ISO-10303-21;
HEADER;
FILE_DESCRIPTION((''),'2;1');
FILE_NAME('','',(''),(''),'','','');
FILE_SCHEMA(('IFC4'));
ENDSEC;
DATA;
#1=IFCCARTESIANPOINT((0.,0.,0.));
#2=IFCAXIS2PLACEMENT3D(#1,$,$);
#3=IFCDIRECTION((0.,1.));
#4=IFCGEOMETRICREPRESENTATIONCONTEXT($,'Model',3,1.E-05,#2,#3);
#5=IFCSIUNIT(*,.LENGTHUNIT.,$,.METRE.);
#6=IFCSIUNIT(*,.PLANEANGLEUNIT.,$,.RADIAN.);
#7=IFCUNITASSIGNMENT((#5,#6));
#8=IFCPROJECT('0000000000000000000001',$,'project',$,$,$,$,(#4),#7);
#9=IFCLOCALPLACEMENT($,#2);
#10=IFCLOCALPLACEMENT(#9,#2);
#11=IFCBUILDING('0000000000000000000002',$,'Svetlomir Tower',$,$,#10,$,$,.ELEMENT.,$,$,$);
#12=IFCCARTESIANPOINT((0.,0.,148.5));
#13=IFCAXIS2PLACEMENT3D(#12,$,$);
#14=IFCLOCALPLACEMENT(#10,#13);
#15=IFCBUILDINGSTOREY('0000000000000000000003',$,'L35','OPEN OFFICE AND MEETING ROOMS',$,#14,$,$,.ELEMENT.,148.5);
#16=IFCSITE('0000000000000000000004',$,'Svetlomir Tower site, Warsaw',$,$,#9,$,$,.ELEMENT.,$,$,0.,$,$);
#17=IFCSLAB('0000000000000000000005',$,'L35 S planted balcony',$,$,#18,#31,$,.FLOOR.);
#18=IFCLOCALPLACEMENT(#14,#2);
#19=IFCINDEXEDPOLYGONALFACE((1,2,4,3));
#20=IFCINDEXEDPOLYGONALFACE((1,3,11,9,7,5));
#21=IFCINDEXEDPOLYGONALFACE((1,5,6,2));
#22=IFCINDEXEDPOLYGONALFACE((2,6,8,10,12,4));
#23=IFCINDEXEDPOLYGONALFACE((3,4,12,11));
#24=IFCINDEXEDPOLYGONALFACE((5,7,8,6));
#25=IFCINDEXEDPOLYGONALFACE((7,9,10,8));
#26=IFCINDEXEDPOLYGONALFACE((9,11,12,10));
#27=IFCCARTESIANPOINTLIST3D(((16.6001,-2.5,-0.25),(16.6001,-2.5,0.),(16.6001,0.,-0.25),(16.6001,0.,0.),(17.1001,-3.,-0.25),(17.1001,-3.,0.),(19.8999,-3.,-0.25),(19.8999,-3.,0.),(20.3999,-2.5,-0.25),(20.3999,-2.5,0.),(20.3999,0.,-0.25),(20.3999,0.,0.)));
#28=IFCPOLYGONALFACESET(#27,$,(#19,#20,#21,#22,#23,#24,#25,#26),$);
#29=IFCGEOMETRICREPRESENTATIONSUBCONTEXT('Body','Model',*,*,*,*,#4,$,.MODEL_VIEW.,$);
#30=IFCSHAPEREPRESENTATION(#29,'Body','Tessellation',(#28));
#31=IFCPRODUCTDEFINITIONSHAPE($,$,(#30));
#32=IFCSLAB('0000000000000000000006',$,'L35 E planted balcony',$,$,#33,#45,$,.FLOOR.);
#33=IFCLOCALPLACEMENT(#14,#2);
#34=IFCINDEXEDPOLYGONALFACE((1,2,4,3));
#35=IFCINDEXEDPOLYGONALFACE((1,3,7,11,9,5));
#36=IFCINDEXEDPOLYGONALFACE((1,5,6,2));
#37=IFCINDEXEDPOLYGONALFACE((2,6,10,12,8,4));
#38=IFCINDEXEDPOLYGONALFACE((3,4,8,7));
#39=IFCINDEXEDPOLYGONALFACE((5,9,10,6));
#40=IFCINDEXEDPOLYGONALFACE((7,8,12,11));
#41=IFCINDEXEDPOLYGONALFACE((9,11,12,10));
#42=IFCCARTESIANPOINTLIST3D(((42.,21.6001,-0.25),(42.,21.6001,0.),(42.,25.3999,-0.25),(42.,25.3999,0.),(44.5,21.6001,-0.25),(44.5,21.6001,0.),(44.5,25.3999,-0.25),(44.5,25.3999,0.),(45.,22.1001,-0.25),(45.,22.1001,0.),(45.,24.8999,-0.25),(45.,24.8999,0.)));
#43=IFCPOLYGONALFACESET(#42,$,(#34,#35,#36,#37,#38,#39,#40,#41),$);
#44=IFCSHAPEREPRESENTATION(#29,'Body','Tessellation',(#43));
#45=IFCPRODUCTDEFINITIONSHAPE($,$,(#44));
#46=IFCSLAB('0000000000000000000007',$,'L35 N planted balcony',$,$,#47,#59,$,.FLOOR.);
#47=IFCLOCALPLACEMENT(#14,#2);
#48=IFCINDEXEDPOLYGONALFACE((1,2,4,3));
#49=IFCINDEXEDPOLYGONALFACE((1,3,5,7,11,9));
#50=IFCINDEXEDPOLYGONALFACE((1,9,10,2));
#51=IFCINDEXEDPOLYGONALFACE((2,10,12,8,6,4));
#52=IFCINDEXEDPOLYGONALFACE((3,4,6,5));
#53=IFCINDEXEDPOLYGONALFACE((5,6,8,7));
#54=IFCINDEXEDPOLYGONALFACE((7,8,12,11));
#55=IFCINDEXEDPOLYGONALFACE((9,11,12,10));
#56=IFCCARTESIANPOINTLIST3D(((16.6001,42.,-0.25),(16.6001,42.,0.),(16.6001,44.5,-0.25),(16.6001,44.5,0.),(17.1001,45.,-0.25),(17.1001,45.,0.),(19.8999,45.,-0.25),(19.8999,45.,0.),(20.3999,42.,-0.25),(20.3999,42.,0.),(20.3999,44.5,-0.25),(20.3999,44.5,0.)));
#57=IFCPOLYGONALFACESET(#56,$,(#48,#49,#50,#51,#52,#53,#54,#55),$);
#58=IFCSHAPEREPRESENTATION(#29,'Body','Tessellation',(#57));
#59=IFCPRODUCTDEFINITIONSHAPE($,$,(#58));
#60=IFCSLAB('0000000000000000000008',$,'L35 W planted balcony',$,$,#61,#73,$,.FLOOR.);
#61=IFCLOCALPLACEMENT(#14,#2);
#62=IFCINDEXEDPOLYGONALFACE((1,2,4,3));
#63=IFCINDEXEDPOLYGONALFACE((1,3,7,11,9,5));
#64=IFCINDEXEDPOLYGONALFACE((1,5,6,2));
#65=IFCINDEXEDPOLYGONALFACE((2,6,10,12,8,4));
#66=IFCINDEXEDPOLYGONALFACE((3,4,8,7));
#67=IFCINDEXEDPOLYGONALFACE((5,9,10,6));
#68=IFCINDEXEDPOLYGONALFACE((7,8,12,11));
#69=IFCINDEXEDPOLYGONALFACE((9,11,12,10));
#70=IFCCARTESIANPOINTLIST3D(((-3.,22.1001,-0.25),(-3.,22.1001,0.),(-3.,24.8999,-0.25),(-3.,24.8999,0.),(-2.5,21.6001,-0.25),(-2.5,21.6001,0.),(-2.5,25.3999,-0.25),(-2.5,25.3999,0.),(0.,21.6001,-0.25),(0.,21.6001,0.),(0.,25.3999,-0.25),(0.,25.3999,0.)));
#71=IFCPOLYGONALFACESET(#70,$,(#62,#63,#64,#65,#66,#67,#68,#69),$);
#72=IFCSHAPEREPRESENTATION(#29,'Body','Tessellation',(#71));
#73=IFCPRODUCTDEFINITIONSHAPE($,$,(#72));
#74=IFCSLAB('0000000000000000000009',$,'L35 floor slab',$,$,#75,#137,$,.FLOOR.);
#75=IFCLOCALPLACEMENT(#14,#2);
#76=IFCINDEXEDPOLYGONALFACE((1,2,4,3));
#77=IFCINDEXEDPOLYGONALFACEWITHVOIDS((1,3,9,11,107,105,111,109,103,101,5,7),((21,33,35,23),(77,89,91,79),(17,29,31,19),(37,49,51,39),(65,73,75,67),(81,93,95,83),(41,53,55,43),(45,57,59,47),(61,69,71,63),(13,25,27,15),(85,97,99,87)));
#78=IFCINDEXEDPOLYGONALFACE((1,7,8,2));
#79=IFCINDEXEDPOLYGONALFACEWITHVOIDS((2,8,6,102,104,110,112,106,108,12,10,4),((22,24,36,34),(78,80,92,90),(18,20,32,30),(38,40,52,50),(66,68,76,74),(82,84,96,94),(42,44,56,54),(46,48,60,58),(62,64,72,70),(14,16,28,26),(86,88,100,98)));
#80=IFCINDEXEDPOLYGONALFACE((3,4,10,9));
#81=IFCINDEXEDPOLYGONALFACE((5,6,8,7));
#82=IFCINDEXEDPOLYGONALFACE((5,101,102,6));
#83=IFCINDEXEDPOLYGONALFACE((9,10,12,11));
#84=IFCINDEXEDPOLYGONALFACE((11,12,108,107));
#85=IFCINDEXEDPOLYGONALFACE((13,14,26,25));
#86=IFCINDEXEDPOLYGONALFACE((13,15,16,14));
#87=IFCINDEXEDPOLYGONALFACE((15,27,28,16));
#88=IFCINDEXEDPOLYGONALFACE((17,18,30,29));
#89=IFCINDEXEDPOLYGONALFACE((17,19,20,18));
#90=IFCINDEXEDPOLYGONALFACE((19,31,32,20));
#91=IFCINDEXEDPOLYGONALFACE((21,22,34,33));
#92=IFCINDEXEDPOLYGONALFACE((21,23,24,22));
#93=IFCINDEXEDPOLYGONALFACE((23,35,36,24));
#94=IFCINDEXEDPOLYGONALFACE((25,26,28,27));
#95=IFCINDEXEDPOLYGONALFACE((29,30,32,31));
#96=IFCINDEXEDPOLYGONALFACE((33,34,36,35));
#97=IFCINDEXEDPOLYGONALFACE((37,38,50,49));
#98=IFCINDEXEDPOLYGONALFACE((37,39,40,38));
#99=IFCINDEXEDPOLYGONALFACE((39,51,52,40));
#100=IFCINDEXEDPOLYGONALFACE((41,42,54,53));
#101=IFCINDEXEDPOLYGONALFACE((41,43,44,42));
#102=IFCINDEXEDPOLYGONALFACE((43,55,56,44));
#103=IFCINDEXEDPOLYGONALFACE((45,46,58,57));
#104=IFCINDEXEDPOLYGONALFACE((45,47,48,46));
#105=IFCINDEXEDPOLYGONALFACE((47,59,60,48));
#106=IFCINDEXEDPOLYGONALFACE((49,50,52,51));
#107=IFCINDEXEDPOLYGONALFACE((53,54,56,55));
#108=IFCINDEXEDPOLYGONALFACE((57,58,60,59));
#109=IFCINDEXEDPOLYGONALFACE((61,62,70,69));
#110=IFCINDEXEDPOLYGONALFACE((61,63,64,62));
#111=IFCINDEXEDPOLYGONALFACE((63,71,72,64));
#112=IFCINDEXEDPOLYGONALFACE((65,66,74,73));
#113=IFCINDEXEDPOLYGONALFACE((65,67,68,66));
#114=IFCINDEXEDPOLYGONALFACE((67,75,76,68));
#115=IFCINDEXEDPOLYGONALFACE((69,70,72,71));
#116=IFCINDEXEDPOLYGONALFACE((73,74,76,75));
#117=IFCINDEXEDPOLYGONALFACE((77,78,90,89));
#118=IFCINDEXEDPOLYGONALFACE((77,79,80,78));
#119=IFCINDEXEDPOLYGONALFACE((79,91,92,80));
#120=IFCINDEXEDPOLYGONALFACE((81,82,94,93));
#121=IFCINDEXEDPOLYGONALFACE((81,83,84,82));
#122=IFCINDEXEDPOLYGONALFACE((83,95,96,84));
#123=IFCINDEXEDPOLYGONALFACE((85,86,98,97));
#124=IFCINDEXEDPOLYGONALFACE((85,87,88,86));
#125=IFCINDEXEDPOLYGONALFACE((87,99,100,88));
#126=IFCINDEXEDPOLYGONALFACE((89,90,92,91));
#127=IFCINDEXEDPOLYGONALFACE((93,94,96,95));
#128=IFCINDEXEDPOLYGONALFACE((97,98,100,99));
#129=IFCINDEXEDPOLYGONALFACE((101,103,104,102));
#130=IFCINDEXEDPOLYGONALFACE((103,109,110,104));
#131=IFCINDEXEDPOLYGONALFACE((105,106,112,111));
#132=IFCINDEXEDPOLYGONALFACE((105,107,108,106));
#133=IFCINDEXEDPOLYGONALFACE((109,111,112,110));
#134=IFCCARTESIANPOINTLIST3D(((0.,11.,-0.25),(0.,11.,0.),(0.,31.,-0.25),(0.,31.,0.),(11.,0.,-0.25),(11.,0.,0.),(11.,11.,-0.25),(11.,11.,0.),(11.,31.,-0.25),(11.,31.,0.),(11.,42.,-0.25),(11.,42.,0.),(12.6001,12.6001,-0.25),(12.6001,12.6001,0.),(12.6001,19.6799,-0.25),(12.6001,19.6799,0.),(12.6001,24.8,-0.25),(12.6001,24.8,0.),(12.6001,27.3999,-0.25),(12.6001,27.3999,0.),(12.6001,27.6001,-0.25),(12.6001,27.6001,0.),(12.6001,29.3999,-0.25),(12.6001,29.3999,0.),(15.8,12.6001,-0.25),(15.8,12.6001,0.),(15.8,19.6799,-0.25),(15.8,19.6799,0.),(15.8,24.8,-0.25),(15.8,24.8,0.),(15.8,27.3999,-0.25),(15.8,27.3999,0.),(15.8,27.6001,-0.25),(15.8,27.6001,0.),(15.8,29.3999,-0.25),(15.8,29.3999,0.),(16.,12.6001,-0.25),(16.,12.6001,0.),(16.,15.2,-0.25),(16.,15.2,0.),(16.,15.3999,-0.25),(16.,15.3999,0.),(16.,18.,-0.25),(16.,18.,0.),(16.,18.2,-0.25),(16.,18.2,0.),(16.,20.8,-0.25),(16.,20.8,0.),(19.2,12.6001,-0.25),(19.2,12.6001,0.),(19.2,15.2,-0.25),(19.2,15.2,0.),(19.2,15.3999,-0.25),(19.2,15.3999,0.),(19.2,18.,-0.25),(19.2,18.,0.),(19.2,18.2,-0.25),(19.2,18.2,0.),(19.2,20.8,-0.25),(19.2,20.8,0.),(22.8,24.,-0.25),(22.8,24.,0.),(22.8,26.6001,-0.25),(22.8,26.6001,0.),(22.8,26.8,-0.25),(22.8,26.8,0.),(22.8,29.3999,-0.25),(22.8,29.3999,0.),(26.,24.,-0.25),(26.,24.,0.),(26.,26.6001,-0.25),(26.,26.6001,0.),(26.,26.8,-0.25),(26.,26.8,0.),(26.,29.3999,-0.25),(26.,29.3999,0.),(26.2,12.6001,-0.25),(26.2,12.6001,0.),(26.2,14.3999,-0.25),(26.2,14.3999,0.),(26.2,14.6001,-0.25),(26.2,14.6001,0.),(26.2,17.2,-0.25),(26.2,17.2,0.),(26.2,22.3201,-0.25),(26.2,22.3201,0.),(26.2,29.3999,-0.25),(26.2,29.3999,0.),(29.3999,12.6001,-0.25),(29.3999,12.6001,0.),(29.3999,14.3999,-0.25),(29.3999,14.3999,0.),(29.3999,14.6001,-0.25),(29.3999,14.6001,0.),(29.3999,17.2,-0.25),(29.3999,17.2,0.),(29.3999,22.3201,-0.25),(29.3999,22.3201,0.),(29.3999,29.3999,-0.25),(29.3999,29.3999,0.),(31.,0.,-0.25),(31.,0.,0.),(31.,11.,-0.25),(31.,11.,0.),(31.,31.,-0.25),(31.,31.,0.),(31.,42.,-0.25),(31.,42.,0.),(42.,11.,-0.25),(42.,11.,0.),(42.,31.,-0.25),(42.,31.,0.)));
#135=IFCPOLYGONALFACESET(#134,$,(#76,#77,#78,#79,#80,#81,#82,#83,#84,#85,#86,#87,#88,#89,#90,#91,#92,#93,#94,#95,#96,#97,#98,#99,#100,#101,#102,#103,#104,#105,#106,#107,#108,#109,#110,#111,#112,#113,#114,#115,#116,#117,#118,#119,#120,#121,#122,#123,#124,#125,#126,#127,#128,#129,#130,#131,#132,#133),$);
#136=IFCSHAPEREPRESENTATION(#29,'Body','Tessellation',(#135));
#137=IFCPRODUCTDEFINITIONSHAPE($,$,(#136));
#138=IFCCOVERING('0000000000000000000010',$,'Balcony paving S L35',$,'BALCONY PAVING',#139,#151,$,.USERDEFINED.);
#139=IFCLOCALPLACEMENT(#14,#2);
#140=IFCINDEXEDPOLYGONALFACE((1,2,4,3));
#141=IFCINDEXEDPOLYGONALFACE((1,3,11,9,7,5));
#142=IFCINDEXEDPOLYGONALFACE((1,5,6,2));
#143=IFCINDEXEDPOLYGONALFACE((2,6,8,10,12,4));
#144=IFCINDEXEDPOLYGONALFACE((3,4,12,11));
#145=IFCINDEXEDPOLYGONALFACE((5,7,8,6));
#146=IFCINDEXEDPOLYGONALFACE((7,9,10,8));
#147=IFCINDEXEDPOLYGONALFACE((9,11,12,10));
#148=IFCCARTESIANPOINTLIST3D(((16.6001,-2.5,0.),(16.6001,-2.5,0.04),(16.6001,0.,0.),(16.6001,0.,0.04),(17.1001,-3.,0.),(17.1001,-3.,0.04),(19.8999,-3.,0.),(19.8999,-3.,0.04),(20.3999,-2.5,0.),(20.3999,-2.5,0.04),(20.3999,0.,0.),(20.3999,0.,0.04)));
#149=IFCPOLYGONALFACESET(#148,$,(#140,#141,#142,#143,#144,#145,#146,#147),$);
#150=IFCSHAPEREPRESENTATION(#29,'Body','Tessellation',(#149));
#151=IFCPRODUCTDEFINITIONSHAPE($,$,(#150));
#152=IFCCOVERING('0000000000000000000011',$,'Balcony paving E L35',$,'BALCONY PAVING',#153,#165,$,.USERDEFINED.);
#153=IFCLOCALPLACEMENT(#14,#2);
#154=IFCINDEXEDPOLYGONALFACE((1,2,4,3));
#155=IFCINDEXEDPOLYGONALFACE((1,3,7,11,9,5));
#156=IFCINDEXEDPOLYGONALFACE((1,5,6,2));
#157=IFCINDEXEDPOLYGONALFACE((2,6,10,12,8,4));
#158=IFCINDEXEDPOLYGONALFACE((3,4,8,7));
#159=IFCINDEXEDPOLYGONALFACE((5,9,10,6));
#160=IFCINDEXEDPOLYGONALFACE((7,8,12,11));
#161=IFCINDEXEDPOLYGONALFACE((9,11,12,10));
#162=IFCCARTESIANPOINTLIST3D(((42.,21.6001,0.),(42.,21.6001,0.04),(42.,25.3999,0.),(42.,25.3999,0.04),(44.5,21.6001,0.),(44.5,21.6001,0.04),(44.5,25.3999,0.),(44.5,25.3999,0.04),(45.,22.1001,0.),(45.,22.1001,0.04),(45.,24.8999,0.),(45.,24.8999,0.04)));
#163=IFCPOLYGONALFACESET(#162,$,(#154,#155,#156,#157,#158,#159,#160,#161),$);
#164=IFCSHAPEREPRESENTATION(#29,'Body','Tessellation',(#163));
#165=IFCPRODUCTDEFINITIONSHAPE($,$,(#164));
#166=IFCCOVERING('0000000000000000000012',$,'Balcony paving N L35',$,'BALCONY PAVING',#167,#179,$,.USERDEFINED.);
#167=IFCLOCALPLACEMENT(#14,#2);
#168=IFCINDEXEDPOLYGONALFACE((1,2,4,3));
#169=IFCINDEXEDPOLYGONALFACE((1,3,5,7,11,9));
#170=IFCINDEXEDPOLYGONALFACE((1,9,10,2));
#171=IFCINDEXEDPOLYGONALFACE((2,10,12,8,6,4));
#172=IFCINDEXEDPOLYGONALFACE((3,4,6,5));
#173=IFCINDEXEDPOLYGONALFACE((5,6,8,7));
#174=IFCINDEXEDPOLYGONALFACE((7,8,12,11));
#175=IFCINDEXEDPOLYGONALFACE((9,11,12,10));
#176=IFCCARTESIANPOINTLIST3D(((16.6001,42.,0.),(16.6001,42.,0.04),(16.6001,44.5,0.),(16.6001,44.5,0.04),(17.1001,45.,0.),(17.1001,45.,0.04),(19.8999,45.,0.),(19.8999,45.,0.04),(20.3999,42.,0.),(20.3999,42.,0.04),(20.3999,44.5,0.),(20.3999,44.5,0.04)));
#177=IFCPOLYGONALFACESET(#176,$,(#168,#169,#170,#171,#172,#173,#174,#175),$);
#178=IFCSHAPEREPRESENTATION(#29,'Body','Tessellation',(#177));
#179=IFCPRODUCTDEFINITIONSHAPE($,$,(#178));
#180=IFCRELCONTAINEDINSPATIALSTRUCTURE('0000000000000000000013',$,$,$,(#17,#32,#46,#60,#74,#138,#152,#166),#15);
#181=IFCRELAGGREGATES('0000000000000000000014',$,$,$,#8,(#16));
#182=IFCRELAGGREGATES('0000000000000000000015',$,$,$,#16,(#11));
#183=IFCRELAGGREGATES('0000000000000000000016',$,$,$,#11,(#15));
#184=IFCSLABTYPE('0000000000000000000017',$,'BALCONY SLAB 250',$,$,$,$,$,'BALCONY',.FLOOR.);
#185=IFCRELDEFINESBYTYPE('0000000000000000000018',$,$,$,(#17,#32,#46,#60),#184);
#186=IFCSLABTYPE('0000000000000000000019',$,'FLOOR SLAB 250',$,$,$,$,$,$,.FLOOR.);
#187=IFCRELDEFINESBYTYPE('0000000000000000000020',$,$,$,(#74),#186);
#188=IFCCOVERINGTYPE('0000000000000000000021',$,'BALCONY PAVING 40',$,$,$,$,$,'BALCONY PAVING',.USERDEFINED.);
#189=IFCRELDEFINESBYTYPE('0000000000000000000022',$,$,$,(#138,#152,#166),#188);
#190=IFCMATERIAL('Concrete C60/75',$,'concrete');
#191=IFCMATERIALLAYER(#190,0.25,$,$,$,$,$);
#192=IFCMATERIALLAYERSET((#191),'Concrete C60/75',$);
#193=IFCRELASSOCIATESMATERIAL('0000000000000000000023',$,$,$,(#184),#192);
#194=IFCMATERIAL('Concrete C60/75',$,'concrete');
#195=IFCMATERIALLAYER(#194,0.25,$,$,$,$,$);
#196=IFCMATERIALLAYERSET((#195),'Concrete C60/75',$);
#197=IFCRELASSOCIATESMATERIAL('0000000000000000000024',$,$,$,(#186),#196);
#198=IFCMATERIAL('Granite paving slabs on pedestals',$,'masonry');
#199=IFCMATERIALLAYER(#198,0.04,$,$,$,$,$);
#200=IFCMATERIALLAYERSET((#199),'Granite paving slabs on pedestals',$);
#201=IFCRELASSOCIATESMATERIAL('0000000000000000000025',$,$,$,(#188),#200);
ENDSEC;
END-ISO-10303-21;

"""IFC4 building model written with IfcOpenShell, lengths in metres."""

from ifc_helpers import new_model, si_unit, direction, frame, origin, place, context, subcontext, project, spatial, polyline, outline, extrude, material, layer, layer_set, type_object, element, save


model = new_model("IFC4")

# Units and contexts
model_context = context("Model", 3, precision=1e-05, world=origin(), true_north=direction((0.0, 1.0)))
body_context = subcontext(model_context, "Body", "Model", "MODEL_VIEW")
ifc_project = project(units=[si_unit("LENGTHUNIT", "METRE"), si_unit("PLANEANGLEUNIT", "RADIAN")], contexts=[model_context])

# Site, building, storey
site_placement = place(None, origin())
site = spatial("IfcSite", under=ifc_project, at=site_placement, Name="Svetlomir Tower site, Warsaw", CompositionType="ELEMENT", RefElevation=0.0)
building_placement = place(site_placement, origin())
building = spatial("IfcBuilding", under=site, at=building_placement, Name="Svetlomir Tower", CompositionType="ELEMENT")
storey_placement = place(building_placement, frame((0.0, 0.0, 148.5)))
storey = spatial("IfcBuildingStorey", under=building, at=storey_placement, Name="L35", Description="OPEN OFFICE AND MEETING ROOMS", CompositionType="ELEMENT", Elevation=148.5)

# Slabs
ifc_material_1 = material(Name="Concrete C60/75", Category="concrete")
ifc_layer_1 = layer(ifc_material_1, 0.25)
ifc_layer_set_1 = layer_set([ifc_layer_1], Name="Concrete C60/75")
slab_type_1 = type_object("IfcSlabType", Name="BALCONY SLAB 250", ElementType="BALCONY", PredefinedType="FLOOR", material=ifc_layer_set_1)
slab_1_placement = place(storey_placement, frame((0.0, 0.0, -0.25)))
element("IfcSlab", 1, at=slab_1_placement, inside=storey, type_object=slab_type_1, Name="L35 S planted balcony", PredefinedType="FLOOR", context=body_context, shape_type="SweptSolid", body=[
    extrude(outline(polyline([(16.6001, -2.5), (17.1001, -3.0), (19.8999, -3.0), (20.3999, -2.5), (20.3999, 0.0), (16.6001, 0.0), (16.6001, -2.5)])), origin(), (0.0, 0.0, 1.0), 0.25),
])
slab_2_placement = place(storey_placement, frame((0.0, 0.0, -0.25)))
element("IfcSlab", 2, at=slab_2_placement, inside=storey, type_object=slab_type_1, Name="L35 E planted balcony", PredefinedType="FLOOR", context=body_context, shape_type="SweptSolid", body=[
    extrude(outline(polyline([(42.0, 21.6001), (44.5, 21.6001), (45.0, 22.1001), (45.0, 24.8999), (44.5, 25.3999), (42.0, 25.3999), (42.0, 21.6001)])), origin(), (0.0, 0.0, 1.0), 0.25),
])
slab_3_placement = place(storey_placement, frame((0.0, 0.0, -0.25)))
element("IfcSlab", 3, at=slab_3_placement, inside=storey, type_object=slab_type_1, Name="L35 N planted balcony", PredefinedType="FLOOR", context=body_context, shape_type="SweptSolid", body=[
    extrude(outline(polyline([(16.6001, 42.0), (20.3999, 42.0), (20.3999, 44.5), (19.8999, 45.0), (17.1001, 45.0), (16.6001, 44.5), (16.6001, 42.0)])), origin(), (0.0, 0.0, 1.0), 0.25),
])
slab_4_placement = place(storey_placement, frame((0.0, 0.0, -0.25)))
element("IfcSlab", 4, at=slab_4_placement, inside=storey, type_object=slab_type_1, Name="L35 W planted balcony", PredefinedType="FLOOR", context=body_context, shape_type="SweptSolid", body=[
    extrude(outline(polyline([(-2.5, 21.6001), (0.0, 21.6001), (0.0, 25.3999), (-2.5, 25.3999), (-3.0, 24.8999), (-3.0, 22.1001), (-2.5, 21.6001)])), origin(), (0.0, 0.0, 1.0), 0.25),
])
ifc_material_2 = material(Name="Concrete C60/75", Category="concrete")
ifc_layer_2 = layer(ifc_material_2, 0.25)
ifc_layer_set_2 = layer_set([ifc_layer_2], Name="Concrete C60/75")
slab_type_2 = type_object("IfcSlabType", Name="FLOOR SLAB 250", PredefinedType="FLOOR", material=ifc_layer_set_2)
slab_5_placement = place(storey_placement, frame((0.0, 0.0, -0.25)))
element("IfcSlab", 5, at=slab_5_placement, inside=storey, type_object=slab_type_2, Name="L35 floor slab", PredefinedType="FLOOR", context=body_context, shape_type="SweptSolid", body=[
    extrude(outline(polyline([(11.0, 0.0), (31.0, 0.0), (31.0, 11.0), (42.0, 11.0), (42.0, 31.0), (31.0, 31.0), (31.0, 42.0), (11.0, 42.0), (11.0, 31.0), (0.0, 31.0), (0.0, 11.0), (11.0, 11.0), (11.0, 0.0)]), holes=[polyline([(12.6001, 24.8), (15.8, 24.8), (15.8, 27.3999), (12.6001, 27.3999), (12.6001, 24.8)]), polyline([(26.2, 14.6001), (29.3999, 14.6001), (29.3999, 17.2), (26.2, 17.2), (26.2, 14.6001)]), polyline([(16.0, 12.6001), (19.2, 12.6001), (19.2, 15.2), (16.0, 15.2), (16.0, 12.6001)]), polyline([(16.0, 15.3999), (19.2, 15.3999), (19.2, 18.0), (16.0, 18.0), (16.0, 15.3999)]), polyline([(16.0, 18.2), (19.2, 18.2), (19.2, 20.8), (16.0, 20.8), (16.0, 18.2)]), polyline([(22.8, 24.0), (26.0, 24.0), (26.0, 26.6001), (22.8, 26.6001), (22.8, 24.0)]), polyline([(22.8, 26.8), (26.0, 26.8), (26.0, 29.3999), (22.8, 29.3999), (22.8, 26.8)]), polyline([(12.6001, 27.6001), (15.8, 27.6001), (15.8, 29.3999), (12.6001, 29.3999), (12.6001, 27.6001)]), polyline([(26.2, 12.6001), (29.3999, 12.6001), (29.3999, 14.3999), (26.2, 14.3999), (26.2, 12.6001)]), polyline([(12.6001, 12.6001), (15.8, 12.6001), (15.8, 19.6799), (12.6001, 19.6799), (12.6001, 12.6001)]), polyline([(26.2, 22.3201), (29.3999, 22.3201), (29.3999, 29.3999), (26.2, 29.3999), (26.2, 22.3201)])]), origin(), (0.0, 0.0, 1.0), 0.25),
])

# Coverings
ifc_material_3 = material(Name="Granite paving slabs on pedestals", Category="masonry")
ifc_layer_3 = layer(ifc_material_3, 0.04)
ifc_layer_set_3 = layer_set([ifc_layer_3], Name="Granite paving slabs on pedestals")
covering_type_1 = type_object("IfcCoveringType", Name="BALCONY PAVING 40", ElementType="BALCONY PAVING", PredefinedType="USERDEFINED", material=ifc_layer_set_3)
covering_1_placement = place(storey_placement, origin())
element("IfcCovering", 6, at=covering_1_placement, inside=storey, type_object=covering_type_1, Name="Balcony paving S L35", ObjectType="BALCONY PAVING", PredefinedType="USERDEFINED", context=body_context, shape_type="SweptSolid", body=[
    extrude(outline(polyline([(16.6001, -2.5), (17.1001, -3.0), (19.8999, -3.0), (20.3999, -2.5), (20.3999, 0.0), (16.6001, 0.0), (16.6001, -2.5)])), origin(), (0.0, 0.0, 1.0), 0.04),
])
covering_2_placement = place(storey_placement, origin())
element("IfcCovering", 7, at=covering_2_placement, inside=storey, type_object=covering_type_1, Name="Balcony paving E L35", ObjectType="BALCONY PAVING", PredefinedType="USERDEFINED", context=body_context, shape_type="SweptSolid", body=[
    extrude(outline(polyline([(42.0, 21.6001), (44.5, 21.6001), (45.0, 22.1001), (45.0, 24.8999), (44.5, 25.3999), (42.0, 25.3999), (42.0, 21.6001)])), origin(), (0.0, 0.0, 1.0), 0.04),
])
covering_3_placement = place(storey_placement, origin())
element("IfcCovering", 8, at=covering_3_placement, inside=storey, type_object=covering_type_1, Name="Balcony paving N L35", ObjectType="BALCONY PAVING", PredefinedType="USERDEFINED", context=body_context, shape_type="SweptSolid", body=[
    extrude(outline(polyline([(16.6001, 42.0), (20.3999, 42.0), (20.3999, 44.5), (19.8999, 45.0), (17.1001, 45.0), (16.6001, 44.5), (16.6001, 42.0)])), origin(), (0.0, 0.0, 1.0), 0.04),
])

save(model, "model.ifc")
